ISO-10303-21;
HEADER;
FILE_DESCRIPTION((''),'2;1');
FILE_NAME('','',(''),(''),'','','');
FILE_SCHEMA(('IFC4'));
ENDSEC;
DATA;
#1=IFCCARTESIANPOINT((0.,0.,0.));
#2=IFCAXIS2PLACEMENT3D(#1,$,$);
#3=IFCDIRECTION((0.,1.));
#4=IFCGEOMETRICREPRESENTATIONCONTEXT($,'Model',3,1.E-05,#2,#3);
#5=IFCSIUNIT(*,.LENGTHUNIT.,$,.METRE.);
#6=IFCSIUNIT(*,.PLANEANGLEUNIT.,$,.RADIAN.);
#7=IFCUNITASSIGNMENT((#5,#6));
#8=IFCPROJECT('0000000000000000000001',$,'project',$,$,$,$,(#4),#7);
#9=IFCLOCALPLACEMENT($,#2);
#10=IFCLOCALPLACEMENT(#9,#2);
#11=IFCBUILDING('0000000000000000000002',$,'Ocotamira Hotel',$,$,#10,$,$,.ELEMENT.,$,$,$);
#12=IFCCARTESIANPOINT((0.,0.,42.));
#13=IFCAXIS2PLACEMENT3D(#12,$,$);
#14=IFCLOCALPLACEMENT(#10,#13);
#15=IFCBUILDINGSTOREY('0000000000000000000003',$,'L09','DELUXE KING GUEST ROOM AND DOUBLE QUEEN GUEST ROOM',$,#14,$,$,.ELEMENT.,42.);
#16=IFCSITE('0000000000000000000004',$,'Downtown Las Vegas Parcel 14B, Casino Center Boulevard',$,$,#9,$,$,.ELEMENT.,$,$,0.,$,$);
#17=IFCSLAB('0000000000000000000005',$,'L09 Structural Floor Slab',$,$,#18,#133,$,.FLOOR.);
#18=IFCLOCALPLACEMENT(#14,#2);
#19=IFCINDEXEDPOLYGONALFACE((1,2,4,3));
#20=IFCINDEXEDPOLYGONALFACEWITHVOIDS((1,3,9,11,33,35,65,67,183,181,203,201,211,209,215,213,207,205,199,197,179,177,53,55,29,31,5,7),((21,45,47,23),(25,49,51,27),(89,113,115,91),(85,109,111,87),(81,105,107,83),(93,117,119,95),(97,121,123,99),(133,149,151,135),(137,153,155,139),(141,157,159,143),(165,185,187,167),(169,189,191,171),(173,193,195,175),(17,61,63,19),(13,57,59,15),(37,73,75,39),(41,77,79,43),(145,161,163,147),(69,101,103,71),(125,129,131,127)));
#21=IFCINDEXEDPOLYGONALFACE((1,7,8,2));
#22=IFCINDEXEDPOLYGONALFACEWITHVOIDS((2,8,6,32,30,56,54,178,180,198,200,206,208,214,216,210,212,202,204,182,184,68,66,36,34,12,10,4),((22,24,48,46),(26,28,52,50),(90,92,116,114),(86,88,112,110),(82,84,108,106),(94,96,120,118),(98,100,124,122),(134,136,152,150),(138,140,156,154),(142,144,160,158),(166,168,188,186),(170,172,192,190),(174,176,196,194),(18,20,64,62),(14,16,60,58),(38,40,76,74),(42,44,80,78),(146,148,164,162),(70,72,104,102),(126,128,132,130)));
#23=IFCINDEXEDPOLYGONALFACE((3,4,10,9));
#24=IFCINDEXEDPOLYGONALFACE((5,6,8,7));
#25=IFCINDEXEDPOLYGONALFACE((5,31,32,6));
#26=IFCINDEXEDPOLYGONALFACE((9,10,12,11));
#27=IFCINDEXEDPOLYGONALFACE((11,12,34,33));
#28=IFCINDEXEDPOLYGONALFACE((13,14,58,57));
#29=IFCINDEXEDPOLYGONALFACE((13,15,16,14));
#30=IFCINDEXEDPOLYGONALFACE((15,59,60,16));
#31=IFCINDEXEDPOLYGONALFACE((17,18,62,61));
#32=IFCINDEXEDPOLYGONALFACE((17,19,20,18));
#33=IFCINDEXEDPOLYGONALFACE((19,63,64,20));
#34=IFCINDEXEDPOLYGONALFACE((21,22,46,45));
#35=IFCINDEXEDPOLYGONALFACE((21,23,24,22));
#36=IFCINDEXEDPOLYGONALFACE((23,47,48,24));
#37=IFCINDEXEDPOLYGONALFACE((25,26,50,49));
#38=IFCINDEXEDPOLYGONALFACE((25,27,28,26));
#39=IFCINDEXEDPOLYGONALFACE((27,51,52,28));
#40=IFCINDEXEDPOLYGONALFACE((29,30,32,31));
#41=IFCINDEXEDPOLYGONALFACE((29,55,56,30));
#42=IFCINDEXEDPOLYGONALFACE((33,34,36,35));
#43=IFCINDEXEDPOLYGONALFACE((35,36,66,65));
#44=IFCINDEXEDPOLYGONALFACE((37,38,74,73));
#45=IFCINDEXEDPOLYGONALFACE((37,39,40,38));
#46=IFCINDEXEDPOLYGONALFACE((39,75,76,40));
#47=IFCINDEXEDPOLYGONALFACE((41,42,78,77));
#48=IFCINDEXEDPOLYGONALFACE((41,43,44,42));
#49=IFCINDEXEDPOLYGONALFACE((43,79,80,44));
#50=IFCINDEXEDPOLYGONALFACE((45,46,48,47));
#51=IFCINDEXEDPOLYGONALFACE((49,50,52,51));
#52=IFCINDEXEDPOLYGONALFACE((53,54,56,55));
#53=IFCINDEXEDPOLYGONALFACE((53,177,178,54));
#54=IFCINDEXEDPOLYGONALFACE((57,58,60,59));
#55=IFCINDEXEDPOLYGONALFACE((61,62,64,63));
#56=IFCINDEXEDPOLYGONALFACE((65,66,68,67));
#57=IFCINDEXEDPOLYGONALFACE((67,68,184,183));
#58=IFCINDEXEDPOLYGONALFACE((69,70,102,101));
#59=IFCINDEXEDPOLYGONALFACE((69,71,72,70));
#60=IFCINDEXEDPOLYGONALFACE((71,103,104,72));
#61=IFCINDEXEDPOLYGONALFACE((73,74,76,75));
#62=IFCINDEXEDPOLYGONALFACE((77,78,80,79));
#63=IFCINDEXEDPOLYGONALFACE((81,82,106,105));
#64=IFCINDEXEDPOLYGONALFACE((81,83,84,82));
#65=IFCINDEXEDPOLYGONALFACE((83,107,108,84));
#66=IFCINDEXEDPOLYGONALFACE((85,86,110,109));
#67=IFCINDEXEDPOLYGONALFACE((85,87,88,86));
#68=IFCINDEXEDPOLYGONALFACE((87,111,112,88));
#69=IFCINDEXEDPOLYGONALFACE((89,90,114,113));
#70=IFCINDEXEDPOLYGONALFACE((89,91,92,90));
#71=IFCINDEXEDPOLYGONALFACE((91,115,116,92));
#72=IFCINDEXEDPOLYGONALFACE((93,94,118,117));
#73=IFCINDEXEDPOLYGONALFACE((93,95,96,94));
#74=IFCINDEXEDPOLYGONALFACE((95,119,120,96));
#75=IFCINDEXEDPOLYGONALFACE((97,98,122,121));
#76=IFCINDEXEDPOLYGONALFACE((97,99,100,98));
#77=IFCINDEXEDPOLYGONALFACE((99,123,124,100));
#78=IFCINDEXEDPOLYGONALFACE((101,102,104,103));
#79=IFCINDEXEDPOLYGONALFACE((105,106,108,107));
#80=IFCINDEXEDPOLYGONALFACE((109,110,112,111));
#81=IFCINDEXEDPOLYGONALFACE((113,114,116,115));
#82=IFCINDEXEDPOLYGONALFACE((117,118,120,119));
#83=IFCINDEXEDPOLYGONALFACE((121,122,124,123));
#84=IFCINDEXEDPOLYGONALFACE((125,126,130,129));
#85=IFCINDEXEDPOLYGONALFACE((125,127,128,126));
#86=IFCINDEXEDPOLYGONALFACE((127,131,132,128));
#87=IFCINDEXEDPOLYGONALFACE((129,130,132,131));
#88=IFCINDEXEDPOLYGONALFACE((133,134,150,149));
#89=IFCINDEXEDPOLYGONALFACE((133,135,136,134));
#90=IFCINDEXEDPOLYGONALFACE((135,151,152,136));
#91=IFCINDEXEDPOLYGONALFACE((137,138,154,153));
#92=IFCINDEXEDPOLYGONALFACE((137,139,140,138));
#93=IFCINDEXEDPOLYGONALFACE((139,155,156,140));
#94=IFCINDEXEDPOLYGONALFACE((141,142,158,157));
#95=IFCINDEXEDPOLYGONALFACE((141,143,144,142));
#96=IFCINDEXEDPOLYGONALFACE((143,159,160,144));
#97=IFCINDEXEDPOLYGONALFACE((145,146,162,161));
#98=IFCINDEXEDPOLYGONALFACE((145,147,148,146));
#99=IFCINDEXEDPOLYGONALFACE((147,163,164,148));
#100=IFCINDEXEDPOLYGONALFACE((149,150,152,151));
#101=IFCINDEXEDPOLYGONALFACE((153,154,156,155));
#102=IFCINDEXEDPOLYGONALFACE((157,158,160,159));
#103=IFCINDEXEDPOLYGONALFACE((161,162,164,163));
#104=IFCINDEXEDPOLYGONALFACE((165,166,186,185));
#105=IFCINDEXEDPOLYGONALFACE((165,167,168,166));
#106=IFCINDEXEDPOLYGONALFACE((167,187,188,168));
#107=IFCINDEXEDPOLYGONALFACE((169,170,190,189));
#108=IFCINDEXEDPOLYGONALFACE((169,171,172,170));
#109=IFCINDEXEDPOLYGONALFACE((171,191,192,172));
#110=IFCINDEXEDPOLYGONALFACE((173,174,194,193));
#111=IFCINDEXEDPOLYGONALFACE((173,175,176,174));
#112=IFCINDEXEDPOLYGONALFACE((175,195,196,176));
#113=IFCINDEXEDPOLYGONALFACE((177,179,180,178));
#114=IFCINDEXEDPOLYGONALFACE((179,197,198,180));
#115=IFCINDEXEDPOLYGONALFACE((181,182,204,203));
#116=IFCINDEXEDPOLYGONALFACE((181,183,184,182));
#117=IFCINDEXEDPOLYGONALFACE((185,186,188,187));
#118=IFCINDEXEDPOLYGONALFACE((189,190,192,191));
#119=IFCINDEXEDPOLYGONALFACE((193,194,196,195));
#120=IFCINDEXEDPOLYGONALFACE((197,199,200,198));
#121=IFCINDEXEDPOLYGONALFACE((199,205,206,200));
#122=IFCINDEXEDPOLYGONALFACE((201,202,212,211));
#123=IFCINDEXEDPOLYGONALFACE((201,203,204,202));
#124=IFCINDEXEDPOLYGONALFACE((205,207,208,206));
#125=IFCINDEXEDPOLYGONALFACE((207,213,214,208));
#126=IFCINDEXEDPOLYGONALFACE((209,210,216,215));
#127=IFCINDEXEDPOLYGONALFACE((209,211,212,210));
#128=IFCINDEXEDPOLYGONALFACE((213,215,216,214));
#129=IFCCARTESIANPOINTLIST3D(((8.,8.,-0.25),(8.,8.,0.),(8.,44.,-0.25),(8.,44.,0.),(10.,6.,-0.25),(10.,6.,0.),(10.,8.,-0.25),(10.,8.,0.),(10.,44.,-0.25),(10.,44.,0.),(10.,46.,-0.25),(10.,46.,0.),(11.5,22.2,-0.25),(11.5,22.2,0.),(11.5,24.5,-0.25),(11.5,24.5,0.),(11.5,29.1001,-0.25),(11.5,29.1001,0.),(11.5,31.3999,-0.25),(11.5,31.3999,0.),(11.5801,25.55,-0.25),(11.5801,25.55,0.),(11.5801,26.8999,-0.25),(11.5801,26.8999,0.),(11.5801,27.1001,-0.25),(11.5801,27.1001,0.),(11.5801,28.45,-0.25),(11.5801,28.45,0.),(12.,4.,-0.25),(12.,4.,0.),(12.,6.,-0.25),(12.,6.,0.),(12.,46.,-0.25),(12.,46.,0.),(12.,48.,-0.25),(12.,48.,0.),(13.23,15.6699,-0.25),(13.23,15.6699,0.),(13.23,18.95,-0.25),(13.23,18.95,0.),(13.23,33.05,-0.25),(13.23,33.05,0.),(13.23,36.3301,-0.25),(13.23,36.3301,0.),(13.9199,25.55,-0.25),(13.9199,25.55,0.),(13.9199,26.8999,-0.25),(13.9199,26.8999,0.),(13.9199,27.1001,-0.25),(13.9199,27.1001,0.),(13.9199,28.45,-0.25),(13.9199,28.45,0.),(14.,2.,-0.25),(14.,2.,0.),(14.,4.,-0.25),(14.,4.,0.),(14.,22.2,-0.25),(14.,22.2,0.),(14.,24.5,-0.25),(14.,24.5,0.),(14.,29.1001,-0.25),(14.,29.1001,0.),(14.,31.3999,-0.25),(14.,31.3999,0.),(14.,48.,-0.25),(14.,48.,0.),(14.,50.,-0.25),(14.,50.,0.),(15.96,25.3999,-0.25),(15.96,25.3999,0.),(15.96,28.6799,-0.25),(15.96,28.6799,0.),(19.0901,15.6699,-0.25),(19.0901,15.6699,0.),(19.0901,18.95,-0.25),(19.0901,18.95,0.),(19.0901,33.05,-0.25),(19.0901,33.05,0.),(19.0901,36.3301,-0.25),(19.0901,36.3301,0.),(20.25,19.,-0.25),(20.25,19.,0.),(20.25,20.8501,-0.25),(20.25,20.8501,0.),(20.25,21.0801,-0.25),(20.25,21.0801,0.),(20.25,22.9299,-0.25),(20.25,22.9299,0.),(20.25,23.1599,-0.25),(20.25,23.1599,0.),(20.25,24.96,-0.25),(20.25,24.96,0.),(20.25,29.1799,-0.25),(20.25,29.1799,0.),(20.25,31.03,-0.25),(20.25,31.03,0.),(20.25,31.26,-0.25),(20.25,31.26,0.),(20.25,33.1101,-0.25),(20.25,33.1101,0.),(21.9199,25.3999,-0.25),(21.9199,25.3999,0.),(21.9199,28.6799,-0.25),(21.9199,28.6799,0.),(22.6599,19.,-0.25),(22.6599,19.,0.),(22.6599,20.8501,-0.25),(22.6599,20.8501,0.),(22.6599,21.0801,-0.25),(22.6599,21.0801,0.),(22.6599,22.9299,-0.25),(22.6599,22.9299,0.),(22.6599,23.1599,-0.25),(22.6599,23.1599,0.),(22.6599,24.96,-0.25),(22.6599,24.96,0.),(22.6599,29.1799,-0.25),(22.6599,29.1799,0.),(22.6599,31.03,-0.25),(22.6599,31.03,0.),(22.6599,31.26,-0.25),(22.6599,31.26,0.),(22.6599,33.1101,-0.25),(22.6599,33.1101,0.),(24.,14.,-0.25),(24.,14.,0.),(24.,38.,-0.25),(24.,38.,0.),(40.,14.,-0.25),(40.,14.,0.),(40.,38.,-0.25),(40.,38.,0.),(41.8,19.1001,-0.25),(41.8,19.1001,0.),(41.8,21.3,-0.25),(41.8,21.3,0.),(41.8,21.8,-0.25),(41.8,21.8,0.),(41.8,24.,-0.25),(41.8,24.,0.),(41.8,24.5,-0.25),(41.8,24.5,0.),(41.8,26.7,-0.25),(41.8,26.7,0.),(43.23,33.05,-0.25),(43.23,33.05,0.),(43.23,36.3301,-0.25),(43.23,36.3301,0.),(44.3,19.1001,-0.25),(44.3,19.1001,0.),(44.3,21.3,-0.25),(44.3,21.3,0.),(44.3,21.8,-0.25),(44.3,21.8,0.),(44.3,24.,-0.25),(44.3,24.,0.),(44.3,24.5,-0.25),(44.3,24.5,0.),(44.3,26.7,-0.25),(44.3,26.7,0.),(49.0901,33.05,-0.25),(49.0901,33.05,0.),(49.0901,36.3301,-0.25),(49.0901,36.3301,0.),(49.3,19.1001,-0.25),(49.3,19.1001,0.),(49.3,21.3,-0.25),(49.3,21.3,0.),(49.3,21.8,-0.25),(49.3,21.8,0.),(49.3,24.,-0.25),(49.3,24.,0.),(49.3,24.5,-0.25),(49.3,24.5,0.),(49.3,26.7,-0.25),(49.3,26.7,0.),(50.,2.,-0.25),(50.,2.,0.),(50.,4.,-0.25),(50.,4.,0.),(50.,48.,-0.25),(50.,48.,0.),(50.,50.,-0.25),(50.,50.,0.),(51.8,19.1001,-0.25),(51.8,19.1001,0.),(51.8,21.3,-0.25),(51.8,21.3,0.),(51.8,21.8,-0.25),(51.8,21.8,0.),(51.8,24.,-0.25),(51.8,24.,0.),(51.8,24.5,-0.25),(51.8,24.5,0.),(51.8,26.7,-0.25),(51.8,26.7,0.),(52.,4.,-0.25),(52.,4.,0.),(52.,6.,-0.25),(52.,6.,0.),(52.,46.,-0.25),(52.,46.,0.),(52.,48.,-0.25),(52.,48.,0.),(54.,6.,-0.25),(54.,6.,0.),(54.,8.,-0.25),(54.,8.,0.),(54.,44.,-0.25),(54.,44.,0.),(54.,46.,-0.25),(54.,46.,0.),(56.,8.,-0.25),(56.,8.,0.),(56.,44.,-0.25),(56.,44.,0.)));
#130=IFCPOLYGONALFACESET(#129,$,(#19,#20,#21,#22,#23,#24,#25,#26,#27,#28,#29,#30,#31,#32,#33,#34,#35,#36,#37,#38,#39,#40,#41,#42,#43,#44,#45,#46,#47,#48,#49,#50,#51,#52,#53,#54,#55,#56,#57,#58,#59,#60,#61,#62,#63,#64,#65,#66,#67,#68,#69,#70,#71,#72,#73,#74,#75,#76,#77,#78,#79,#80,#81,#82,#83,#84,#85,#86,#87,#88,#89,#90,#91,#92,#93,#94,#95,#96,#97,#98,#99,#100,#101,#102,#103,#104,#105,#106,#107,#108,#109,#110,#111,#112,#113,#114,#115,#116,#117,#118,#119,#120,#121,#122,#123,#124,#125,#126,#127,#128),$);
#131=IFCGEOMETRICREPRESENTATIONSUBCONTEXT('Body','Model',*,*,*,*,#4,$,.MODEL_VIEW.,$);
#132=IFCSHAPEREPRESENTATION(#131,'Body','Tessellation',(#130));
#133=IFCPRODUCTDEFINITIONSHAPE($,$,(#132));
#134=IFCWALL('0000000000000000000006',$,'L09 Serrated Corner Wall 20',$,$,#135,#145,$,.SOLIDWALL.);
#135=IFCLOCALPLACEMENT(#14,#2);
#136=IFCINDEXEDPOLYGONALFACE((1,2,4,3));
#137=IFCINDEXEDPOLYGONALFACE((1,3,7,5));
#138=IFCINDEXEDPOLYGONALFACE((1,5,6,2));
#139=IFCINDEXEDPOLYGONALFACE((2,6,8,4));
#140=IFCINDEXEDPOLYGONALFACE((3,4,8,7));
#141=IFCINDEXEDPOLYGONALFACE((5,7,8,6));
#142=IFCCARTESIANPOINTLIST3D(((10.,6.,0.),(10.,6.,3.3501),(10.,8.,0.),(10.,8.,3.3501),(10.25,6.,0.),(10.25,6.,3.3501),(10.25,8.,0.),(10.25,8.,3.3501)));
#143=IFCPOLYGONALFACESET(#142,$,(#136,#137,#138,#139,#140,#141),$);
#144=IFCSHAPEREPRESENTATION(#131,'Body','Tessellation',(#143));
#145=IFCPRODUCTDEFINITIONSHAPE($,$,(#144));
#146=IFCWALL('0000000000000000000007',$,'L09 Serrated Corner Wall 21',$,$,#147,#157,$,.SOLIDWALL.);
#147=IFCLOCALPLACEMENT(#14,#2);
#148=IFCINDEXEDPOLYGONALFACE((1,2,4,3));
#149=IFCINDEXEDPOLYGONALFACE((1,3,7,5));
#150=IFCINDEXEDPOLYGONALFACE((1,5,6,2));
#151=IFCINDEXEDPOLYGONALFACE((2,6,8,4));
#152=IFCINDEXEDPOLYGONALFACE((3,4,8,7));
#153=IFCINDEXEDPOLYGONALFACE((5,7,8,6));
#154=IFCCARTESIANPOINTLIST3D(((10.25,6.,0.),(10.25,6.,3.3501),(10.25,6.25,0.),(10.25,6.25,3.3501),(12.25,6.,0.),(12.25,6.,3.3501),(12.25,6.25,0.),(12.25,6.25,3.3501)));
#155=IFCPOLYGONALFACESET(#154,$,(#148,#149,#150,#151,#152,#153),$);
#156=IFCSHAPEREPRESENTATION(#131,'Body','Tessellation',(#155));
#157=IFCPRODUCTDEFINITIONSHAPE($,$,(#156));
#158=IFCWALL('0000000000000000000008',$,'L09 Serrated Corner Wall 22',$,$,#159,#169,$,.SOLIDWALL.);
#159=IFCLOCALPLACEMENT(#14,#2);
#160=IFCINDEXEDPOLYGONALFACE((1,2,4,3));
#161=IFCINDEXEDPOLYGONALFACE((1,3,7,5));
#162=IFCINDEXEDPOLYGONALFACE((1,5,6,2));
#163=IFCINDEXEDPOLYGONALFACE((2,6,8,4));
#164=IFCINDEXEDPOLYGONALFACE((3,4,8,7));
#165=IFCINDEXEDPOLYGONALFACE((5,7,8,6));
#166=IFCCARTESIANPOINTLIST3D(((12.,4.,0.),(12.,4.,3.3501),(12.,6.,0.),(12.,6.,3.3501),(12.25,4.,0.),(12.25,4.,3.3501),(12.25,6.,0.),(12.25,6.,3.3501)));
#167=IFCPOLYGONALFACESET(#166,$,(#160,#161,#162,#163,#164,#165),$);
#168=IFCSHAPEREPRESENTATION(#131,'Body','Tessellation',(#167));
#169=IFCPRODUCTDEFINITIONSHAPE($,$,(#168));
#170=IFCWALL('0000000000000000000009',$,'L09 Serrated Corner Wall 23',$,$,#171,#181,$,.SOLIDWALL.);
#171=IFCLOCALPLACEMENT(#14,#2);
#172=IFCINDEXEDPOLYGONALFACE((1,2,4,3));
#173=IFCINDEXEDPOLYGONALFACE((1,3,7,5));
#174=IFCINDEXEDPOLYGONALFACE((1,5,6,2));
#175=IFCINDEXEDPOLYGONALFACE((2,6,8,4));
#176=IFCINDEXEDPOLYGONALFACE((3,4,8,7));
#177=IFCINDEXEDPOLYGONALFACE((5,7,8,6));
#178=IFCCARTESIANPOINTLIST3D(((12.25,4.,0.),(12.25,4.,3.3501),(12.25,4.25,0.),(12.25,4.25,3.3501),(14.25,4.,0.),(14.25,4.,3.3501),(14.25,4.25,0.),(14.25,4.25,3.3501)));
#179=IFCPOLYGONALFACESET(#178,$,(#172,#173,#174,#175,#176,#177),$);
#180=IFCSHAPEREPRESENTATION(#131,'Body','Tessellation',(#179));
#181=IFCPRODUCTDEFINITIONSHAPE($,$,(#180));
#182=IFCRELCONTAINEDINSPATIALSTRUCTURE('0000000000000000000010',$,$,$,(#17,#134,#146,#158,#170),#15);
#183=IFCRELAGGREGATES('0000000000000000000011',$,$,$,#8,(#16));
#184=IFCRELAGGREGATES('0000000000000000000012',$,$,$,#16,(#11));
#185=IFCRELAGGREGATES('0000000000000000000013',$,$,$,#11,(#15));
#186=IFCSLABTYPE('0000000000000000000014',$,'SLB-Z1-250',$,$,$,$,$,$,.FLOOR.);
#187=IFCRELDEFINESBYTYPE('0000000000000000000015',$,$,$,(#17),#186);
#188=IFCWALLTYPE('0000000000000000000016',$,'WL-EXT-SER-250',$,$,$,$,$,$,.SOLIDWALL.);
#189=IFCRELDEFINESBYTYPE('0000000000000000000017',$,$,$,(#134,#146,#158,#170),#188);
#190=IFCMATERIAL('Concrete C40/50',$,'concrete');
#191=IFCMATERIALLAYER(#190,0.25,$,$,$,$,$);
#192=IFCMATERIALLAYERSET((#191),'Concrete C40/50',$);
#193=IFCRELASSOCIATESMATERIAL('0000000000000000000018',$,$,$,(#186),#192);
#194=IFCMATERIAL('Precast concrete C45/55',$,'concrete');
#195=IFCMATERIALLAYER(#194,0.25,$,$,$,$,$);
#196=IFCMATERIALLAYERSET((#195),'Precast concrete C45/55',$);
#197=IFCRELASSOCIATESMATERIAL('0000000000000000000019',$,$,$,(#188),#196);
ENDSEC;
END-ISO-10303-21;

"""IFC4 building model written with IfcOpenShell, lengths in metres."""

from ifc_helpers import new_model, si_unit, direction, frame, frame_2d, origin, place, context, subcontext, project, spatial, polyline, rectangle, outline, extrude, material, layer, layer_set, type_object, element, save


model = new_model("IFC4")

# Units and contexts
model_context = context("Model", 3, precision=1e-05, world=origin(), true_north=direction((0.0, 1.0)))
body_context = subcontext(model_context, "Body", "Model", "MODEL_VIEW")
ifc_project = project(units=[si_unit("LENGTHUNIT", "METRE"), si_unit("PLANEANGLEUNIT", "RADIAN")], contexts=[model_context])

# Site, building, storey
site_placement = place(None, origin())
site = spatial("IfcSite", under=ifc_project, at=site_placement, Name="Downtown Las Vegas Parcel 14B, Casino Center Boulevard", CompositionType="ELEMENT", RefElevation=0.0)
building_placement = place(site_placement, origin())
building = spatial("IfcBuilding", under=site, at=building_placement, Name="Ocotamira Hotel", CompositionType="ELEMENT")
storey_placement = place(building_placement, frame((0.0, 0.0, 42.0)))
storey = spatial("IfcBuildingStorey", under=building, at=storey_placement, Name="L09", Description="DELUXE KING GUEST ROOM AND DOUBLE QUEEN GUEST ROOM", CompositionType="ELEMENT", Elevation=42.0)

# Shared definitions
ifc_material_1 = material(Name="Concrete C40/50", Category="concrete")

# Slab
ifc_layer_1 = layer(ifc_material_1, 0.25)
ifc_layer_set_1 = layer_set([ifc_layer_1], Name="Concrete C40/50")
slab_type_1 = type_object("IfcSlabType", Name="SLB-Z1-250", PredefinedType="FLOOR", material=ifc_layer_set_1)
slab_1_placement = place(storey_placement, frame((0.0, 0.0, -0.25)))
element("IfcSlab", 1, at=slab_1_placement, inside=storey, type_object=slab_type_1, Name="L09 Structural Floor Slab", PredefinedType="FLOOR", context=body_context, shape_type="SweptSolid", body=[
    extrude(outline(polyline([(14.0, 2.0), (50.0, 2.0), (50.0, 4.0), (52.0, 4.0), (52.0, 6.0), (54.0, 6.0), (54.0, 8.0), (56.0, 8.0), (56.0, 44.0), (54.0, 44.0), (54.0, 46.0), (52.0, 46.0), (52.0, 48.0), (50.0, 48.0), (50.0, 50.0), (14.0, 50.0), (14.0, 48.0), (12.0, 48.0), (12.0, 46.0), (10.0, 46.0), (10.0, 44.0), (8.0, 44.0), (8.0, 8.0), (10.0, 8.0), (10.0, 6.0), (12.0, 6.0), (12.0, 4.0), (14.0, 4.0), (14.0, 2.0)]), holes=[polyline([(24.0, 14.0), (40.0, 14.0), (40.0, 38.0), (24.0, 38.0), (24.0, 14.0)]), polyline([(13.23, 15.6699), (19.0901, 15.6699), (19.0901, 18.95), (13.23, 18.95), (13.23, 15.6699)]), polyline([(13.23, 33.05), (19.0901, 33.05), (19.0901, 36.3301), (13.23, 36.3301), (13.23, 33.05)]), polyline([(15.96, 25.3999), (21.9199, 25.3999), (21.9199, 28.6799), (15.96, 28.6799), (15.96, 25.3999)]), polyline([(43.23, 33.05), (49.0901, 33.05), (49.0901, 36.3301), (43.23, 36.3301), (43.23, 33.05)]), polyline([(49.3, 19.1001), (51.8, 19.1001), (51.8, 21.3), (49.3, 21.3), (49.3, 19.1001)]), polyline([(49.3, 21.8), (51.8, 21.8), (51.8, 24.0), (49.3, 24.0), (49.3, 21.8)]), polyline([(49.3, 24.5), (51.8, 24.5), (51.8, 26.7), (49.3, 26.7), (49.3, 24.5)]), polyline([(41.8, 19.1001), (44.3, 19.1001), (44.3, 21.3), (41.8, 21.3), (41.8, 19.1001)]), polyline([(41.8, 21.8), (44.3, 21.8), (44.3, 24.0), (41.8, 24.0), (41.8, 21.8)]), polyline([(41.8, 24.5), (44.3, 24.5), (44.3, 26.7), (41.8, 26.7), (41.8, 24.5)]), polyline([(20.25, 19.0), (22.6599, 19.0), (22.6599, 20.8501), (20.25, 20.8501), (20.25, 19.0)]), polyline([(20.25, 21.0801), (22.6599, 21.0801), (22.6599, 22.9299), (20.25, 22.9299), (20.25, 21.0801)]), polyline([(20.25, 23.1599), (22.6599, 23.1599), (22.6599, 24.96), (20.25, 24.96), (20.25, 23.1599)]), polyline([(20.25, 29.1799), (22.6599, 29.1799), (22.6599, 31.03), (20.25, 31.03), (20.25, 29.1799)]), polyline([(20.25, 31.26), (22.6599, 31.26), (22.6599, 33.1101), (20.25, 33.1101), (20.25, 31.26)]), polyline([(11.5, 22.2), (14.0, 22.2), (14.0, 24.5), (11.5, 24.5), (11.5, 22.2)]), polyline([(11.5, 29.1001), (14.0, 29.1001), (14.0, 31.3999), (11.5, 31.3999), (11.5, 29.1001)]), polyline([(11.5801, 25.55), (13.9199, 25.55), (13.9199, 26.8999), (11.5801, 26.8999), (11.5801, 25.55)]), polyline([(11.5801, 27.1001), (13.9199, 27.1001), (13.9199, 28.45), (11.5801, 28.45), (11.5801, 27.1001)])]), origin(), (0.0, 0.0, 1.0), 0.25),
])

# Walls
ifc_material_2 = material(Name="Precast concrete C45/55", Category="concrete")
ifc_layer_2 = layer(ifc_material_2, 0.25)
ifc_layer_set_2 = layer_set([ifc_layer_2], Name="Precast concrete C45/55")
wall_type_1 = type_object("IfcWallType", Name="WL-EXT-SER-250", PredefinedType="SOLIDWALL", material=ifc_layer_set_2)
for number, where, z_axis, x_axis, name in (
    (2, (10.125, 8.0, 0.0), (0.0, 0.0, 1.0), (0.0, -1.0, 0.0), "L09 Serrated Corner Wall 20"),
    (3, (10.25, 6.125, 0.0), (0.0, 0.0, 1.0), (1.0, 0.0, 0.0), "L09 Serrated Corner Wall 21"),
    (4, (12.125, 6.0, 0.0), (0.0, 0.0, 1.0), (0.0, -1.0, 0.0), "L09 Serrated Corner Wall 22"),
    (5, (12.25, 4.125, 0.0), (0.0, 0.0, 1.0), (1.0, 0.0, 0.0), "L09 Serrated Corner Wall 23"),
):
    element("IfcWall", number, at=place(storey_placement, frame(where, z_axis=z_axis, x_axis=x_axis)), inside=storey, type_object=wall_type_1, Name=name, PredefinedType="SOLIDWALL", context=body_context, shape_type="SweptSolid", body=[
        extrude(rectangle(XDim=2.0, YDim=0.25, at=frame_2d((1.0, 0.0))), origin(), (0.0, 0.0, 1.0), 3.3501),
    ])

save(model, "model.ifc")
